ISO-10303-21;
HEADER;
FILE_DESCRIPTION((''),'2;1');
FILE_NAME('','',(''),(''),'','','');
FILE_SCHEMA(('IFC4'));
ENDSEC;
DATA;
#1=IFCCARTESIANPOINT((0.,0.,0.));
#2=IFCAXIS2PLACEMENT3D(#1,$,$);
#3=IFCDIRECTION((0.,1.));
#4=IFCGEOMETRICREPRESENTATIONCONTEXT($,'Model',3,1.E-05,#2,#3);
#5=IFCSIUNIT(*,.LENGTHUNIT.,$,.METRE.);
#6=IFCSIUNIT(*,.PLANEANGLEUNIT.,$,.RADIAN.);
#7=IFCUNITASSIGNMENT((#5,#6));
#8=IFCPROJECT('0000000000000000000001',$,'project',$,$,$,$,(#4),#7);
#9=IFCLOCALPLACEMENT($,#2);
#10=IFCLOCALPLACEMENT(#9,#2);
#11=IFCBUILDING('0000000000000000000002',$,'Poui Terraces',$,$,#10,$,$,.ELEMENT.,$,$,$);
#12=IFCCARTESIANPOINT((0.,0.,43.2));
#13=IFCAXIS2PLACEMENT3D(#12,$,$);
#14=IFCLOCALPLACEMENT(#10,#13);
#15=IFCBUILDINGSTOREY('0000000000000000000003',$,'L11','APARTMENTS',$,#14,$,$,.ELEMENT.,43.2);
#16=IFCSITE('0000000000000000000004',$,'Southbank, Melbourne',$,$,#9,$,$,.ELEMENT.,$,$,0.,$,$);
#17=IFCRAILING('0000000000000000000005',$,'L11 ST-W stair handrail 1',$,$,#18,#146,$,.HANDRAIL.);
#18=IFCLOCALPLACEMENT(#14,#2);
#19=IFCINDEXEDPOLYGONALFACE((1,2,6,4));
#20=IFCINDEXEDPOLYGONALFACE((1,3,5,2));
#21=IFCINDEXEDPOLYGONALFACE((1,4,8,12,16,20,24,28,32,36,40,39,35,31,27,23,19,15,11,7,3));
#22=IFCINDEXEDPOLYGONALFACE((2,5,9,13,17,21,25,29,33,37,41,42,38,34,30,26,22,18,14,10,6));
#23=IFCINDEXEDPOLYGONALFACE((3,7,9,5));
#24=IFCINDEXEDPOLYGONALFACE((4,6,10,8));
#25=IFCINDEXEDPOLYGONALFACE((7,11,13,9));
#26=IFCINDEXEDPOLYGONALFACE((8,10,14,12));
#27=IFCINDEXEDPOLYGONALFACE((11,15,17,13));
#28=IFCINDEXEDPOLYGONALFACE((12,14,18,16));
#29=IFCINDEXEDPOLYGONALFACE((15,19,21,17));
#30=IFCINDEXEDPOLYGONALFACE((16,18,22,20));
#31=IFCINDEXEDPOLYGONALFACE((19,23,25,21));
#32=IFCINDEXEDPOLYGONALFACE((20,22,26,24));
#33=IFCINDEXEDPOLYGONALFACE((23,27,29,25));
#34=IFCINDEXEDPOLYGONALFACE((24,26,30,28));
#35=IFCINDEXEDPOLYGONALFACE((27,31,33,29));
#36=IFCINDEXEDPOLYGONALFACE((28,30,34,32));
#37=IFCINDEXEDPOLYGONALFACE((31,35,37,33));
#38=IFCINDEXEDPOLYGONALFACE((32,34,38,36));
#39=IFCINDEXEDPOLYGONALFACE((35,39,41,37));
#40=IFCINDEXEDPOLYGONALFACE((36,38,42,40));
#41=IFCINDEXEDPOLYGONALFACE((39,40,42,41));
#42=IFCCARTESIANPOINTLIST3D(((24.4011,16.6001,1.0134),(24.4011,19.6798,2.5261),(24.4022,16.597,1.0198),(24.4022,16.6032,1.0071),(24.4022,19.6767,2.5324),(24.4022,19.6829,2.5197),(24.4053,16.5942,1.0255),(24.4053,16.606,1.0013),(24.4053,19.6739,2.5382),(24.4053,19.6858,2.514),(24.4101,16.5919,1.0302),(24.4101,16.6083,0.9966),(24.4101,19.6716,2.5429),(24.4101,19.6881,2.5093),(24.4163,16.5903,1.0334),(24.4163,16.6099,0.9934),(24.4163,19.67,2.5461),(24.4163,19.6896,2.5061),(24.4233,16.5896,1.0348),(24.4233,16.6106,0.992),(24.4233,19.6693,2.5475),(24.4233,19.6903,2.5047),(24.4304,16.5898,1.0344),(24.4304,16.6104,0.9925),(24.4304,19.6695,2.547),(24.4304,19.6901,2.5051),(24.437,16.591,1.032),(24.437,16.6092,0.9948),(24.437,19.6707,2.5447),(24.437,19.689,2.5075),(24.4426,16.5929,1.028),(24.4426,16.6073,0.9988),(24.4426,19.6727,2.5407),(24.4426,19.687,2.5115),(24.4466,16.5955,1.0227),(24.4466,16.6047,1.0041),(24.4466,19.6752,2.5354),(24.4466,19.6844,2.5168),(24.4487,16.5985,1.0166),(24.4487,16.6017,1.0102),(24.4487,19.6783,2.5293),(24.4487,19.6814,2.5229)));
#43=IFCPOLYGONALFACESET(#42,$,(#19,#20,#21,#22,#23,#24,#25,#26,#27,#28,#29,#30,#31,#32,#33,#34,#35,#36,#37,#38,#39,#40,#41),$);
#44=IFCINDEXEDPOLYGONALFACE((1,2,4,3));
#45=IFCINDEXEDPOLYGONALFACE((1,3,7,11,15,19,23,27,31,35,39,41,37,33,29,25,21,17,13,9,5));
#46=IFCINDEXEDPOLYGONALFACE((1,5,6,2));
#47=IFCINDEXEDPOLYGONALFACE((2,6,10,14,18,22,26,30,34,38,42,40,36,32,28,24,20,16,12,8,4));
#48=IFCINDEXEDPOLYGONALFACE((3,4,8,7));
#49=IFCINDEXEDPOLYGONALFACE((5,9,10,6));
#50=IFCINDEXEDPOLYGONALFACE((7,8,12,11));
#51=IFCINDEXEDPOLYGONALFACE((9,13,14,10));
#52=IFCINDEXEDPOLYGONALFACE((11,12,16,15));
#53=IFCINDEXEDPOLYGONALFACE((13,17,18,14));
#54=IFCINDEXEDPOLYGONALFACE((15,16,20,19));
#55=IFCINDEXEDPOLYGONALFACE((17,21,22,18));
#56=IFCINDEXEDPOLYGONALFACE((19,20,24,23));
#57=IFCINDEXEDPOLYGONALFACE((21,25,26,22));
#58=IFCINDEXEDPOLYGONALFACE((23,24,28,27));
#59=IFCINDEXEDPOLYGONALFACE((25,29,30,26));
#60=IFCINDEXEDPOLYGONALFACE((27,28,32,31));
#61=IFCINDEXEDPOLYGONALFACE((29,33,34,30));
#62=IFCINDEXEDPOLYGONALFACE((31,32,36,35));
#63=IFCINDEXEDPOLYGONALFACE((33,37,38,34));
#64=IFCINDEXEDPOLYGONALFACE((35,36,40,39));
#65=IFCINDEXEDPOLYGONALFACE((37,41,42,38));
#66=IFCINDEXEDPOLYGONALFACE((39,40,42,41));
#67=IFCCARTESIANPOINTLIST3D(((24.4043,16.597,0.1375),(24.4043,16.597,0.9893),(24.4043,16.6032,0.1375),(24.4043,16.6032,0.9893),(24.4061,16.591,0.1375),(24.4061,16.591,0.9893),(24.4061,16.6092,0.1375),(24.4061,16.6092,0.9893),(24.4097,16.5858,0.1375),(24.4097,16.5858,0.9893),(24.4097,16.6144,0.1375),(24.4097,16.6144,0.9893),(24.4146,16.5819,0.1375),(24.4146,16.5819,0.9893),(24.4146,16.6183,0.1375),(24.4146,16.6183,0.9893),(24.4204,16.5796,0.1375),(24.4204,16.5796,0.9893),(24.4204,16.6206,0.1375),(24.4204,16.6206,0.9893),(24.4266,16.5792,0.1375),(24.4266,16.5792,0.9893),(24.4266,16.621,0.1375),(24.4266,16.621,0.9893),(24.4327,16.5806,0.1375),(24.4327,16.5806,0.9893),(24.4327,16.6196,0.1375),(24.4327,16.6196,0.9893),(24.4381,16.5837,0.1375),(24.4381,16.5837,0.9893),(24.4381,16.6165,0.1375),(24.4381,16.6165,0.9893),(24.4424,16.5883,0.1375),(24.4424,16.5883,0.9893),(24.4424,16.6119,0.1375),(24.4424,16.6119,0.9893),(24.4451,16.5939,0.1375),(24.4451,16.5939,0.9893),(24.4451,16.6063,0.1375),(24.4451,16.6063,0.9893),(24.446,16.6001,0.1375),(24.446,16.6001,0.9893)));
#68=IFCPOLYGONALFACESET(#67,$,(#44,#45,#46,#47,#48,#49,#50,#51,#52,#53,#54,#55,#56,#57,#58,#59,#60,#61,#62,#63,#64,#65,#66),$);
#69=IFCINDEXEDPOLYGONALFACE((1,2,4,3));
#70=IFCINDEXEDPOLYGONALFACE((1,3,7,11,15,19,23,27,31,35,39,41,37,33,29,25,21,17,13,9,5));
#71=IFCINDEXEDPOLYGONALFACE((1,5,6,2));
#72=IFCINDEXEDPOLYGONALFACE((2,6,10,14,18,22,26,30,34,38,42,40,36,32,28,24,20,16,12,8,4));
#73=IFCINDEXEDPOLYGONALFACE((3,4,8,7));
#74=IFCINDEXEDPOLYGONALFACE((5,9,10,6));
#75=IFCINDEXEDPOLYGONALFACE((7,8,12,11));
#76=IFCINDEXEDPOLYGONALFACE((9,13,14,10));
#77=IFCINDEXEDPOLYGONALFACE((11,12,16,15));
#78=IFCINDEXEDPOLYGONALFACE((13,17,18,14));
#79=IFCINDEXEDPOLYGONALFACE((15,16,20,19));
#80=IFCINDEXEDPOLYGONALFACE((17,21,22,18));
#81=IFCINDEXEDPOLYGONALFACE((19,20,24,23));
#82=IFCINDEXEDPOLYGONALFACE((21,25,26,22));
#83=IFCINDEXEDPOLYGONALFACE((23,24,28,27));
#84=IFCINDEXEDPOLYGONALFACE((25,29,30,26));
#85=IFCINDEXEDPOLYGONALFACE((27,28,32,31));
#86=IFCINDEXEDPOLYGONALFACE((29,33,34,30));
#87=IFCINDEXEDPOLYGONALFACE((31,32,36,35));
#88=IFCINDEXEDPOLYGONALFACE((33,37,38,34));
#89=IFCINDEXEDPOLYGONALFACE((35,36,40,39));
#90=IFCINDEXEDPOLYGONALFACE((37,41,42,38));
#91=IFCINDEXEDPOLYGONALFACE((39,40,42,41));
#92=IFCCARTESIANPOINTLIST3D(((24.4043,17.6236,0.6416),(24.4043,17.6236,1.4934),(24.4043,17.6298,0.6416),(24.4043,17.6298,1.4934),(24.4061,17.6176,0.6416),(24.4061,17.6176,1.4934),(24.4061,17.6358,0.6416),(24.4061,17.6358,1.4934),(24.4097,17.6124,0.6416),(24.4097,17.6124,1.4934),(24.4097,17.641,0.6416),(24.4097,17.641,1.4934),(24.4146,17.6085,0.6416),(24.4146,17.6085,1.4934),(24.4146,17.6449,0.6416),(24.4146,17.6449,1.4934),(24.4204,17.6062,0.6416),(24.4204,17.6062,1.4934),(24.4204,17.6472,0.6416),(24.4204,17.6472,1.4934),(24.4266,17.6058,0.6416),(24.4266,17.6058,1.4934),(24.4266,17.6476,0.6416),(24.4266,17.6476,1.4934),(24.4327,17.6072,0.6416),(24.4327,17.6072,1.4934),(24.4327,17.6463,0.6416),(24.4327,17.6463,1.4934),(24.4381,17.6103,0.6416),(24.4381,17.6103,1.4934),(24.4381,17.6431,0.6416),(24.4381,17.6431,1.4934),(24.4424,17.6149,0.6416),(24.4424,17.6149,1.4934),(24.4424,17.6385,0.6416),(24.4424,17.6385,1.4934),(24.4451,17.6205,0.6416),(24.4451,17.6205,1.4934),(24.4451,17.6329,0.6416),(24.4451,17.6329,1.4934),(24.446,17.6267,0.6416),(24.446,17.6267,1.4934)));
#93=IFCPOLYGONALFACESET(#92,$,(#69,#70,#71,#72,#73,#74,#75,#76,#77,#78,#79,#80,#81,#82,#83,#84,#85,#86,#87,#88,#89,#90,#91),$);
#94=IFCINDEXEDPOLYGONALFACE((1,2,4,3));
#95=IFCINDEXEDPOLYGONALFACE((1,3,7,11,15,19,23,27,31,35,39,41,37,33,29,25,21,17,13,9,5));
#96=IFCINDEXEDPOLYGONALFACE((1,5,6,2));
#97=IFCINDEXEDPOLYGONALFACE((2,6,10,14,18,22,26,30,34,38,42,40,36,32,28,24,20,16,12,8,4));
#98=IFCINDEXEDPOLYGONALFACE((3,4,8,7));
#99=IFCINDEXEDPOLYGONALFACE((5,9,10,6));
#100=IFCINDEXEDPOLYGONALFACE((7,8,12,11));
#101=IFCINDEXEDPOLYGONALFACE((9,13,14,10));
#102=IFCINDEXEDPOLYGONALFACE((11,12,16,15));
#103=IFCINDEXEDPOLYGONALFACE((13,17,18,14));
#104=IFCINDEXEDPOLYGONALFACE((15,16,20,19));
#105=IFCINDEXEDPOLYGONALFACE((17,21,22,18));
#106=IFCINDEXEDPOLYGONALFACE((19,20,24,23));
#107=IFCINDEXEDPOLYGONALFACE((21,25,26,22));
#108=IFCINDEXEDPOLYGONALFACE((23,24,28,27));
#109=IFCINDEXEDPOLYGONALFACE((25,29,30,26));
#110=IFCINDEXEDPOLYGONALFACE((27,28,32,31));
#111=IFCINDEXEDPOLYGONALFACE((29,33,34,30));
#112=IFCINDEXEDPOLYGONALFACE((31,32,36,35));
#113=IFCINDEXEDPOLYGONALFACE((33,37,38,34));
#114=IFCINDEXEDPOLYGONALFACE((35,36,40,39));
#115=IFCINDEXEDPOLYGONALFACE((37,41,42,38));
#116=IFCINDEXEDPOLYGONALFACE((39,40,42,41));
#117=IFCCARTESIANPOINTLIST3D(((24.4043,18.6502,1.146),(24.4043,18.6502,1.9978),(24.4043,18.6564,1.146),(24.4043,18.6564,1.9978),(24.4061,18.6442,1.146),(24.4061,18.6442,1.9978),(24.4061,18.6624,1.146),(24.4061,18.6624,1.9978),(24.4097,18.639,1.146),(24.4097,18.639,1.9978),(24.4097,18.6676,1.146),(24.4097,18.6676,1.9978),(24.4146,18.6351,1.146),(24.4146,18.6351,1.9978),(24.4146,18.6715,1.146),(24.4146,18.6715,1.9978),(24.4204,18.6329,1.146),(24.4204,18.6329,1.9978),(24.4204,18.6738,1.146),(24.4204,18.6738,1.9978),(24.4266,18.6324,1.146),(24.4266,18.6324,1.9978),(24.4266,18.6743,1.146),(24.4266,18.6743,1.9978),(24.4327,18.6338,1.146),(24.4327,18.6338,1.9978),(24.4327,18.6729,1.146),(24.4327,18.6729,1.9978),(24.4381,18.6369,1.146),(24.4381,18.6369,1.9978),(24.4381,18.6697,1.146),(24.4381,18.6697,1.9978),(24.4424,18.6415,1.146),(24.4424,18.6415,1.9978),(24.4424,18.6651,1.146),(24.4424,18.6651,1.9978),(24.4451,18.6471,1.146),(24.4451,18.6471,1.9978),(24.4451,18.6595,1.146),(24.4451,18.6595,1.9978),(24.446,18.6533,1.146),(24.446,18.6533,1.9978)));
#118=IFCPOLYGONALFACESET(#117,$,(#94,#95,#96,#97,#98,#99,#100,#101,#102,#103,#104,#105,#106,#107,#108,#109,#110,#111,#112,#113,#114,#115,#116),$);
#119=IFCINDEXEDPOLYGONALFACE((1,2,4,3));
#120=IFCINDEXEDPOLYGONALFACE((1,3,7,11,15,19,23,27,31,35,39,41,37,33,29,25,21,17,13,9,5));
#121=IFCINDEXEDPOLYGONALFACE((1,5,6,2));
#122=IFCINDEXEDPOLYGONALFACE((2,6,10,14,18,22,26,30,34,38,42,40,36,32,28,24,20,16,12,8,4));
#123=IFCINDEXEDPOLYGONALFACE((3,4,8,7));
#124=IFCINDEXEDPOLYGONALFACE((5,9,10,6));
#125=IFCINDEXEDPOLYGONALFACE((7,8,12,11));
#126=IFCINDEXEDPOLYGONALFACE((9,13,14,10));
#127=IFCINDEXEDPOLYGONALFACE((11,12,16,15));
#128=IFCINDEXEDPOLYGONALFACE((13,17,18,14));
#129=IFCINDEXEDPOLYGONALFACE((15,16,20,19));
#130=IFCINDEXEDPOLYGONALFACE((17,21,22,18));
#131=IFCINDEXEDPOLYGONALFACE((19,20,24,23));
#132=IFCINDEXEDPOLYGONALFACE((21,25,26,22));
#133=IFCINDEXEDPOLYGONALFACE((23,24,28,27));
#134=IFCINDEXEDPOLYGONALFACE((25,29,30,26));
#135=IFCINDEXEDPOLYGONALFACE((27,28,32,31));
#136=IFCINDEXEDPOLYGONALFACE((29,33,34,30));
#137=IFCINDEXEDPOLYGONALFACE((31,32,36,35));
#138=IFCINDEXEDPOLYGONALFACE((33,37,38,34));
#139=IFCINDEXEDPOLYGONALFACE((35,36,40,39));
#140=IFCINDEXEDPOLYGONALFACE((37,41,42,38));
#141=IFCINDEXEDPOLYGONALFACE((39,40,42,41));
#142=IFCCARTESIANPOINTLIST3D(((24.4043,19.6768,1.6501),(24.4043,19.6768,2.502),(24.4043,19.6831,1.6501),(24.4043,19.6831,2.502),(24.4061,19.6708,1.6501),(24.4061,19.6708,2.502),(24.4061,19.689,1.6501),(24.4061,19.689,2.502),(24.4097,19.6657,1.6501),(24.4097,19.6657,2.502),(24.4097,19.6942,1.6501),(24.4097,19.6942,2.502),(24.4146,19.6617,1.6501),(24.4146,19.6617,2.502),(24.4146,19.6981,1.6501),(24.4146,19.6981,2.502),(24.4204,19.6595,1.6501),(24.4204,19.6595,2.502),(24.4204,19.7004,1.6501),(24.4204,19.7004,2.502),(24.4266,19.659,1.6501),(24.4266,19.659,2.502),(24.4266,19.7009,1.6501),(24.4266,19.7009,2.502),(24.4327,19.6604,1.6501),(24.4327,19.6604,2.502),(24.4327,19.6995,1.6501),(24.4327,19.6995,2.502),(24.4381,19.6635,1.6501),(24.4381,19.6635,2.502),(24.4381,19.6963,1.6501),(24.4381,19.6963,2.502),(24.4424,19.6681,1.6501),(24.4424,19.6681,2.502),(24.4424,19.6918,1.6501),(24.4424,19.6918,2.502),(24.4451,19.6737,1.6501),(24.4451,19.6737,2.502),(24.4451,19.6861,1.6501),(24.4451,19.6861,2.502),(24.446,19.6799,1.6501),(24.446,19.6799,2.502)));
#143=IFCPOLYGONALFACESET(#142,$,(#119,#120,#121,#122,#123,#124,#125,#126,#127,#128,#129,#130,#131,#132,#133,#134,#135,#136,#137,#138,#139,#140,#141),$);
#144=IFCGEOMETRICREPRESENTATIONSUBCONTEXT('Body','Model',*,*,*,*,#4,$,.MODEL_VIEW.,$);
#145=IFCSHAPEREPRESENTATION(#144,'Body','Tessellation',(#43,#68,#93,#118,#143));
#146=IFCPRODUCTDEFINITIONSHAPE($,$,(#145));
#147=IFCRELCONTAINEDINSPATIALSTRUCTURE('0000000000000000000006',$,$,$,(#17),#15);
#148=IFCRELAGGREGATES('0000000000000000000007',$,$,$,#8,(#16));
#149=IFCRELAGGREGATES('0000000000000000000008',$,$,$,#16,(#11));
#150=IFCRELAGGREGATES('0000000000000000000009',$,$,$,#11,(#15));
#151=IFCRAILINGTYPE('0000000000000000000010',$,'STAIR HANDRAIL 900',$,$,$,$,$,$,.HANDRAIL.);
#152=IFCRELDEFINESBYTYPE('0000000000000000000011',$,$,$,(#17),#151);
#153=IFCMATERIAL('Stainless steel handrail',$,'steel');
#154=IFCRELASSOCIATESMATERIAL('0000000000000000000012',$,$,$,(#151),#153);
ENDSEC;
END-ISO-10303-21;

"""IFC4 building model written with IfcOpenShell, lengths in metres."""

from ifc_helpers import new_model, si_unit, direction, frame, origin, origin_2d, place, context, subcontext, project, spatial, circle, extrude, material, type_object, element, save


model = new_model("IFC4")

# Units and contexts
model_context = context("Model", 3, precision=1e-05, world=origin(), true_north=direction((0.0, 1.0)))
body_context = subcontext(model_context, "Body", "Model", "MODEL_VIEW")
ifc_project = project(units=[si_unit("LENGTHUNIT", "METRE"), si_unit("PLANEANGLEUNIT", "RADIAN")], contexts=[model_context])

# Site, building, storey
site_placement = place(None, origin())
site = spatial("IfcSite", under=ifc_project, at=site_placement, Name="Southbank, Melbourne", CompositionType="ELEMENT", RefElevation=0.0)
building_placement = place(site_placement, origin())
building = spatial("IfcBuilding", under=site, at=building_placement, Name="Poui Terraces", CompositionType="ELEMENT")
storey_placement = place(building_placement, frame((0.0, 0.0, 43.2)))
storey = spatial("IfcBuildingStorey", under=building, at=storey_placement, Name="L11", Description="APARTMENTS", CompositionType="ELEMENT", Elevation=43.2)

# Railing
ifc_material_1 = material(Name="Stainless steel handrail", Category="steel")
railing_type_1 = type_object("IfcRailingType", Name="STAIR HANDRAIL 900", PredefinedType="HANDRAIL", material=ifc_material_1)
railing_1_placement = place(storey_placement, frame((24.425, 16.6001, 0.1375)))
element("IfcRailing", 1, at=railing_1_placement, inside=storey, type_object=railing_type_1, Name="L11 ST-W stair handrail 1", PredefinedType="HANDRAIL", context=body_context, shape_type="SweptSolid", body=[
    extrude(circle(Radius=0.0239, at=origin_2d()), frame((0.0, 0.0, 0.876), z_axis=(0.0, 0.897578, 0.440856), x_axis=(-1.0, 0.0, 0.0)), (0.0, 0.0, 1.0), 3.4312),
    extrude(circle(Radius=0.021, at=origin_2d()), origin(), (0.0, 0.0, 1.0), 0.8518),
    extrude(circle(Radius=0.021, at=origin_2d()), frame((0.0, 1.0266, 0.5042)), (0.0, 0.0, 1.0), 0.8518),
    extrude(circle(Radius=0.021, at=origin_2d()), frame((0.0, 2.0532, 1.0085)), (0.0, 0.0, 1.0), 0.8518),
    extrude(circle(Radius=0.021, at=origin_2d()), frame((0.0, 3.0798, 1.5127)), (0.0, 0.0, 1.0), 0.8518),
])

save(model, "model.ifc")
